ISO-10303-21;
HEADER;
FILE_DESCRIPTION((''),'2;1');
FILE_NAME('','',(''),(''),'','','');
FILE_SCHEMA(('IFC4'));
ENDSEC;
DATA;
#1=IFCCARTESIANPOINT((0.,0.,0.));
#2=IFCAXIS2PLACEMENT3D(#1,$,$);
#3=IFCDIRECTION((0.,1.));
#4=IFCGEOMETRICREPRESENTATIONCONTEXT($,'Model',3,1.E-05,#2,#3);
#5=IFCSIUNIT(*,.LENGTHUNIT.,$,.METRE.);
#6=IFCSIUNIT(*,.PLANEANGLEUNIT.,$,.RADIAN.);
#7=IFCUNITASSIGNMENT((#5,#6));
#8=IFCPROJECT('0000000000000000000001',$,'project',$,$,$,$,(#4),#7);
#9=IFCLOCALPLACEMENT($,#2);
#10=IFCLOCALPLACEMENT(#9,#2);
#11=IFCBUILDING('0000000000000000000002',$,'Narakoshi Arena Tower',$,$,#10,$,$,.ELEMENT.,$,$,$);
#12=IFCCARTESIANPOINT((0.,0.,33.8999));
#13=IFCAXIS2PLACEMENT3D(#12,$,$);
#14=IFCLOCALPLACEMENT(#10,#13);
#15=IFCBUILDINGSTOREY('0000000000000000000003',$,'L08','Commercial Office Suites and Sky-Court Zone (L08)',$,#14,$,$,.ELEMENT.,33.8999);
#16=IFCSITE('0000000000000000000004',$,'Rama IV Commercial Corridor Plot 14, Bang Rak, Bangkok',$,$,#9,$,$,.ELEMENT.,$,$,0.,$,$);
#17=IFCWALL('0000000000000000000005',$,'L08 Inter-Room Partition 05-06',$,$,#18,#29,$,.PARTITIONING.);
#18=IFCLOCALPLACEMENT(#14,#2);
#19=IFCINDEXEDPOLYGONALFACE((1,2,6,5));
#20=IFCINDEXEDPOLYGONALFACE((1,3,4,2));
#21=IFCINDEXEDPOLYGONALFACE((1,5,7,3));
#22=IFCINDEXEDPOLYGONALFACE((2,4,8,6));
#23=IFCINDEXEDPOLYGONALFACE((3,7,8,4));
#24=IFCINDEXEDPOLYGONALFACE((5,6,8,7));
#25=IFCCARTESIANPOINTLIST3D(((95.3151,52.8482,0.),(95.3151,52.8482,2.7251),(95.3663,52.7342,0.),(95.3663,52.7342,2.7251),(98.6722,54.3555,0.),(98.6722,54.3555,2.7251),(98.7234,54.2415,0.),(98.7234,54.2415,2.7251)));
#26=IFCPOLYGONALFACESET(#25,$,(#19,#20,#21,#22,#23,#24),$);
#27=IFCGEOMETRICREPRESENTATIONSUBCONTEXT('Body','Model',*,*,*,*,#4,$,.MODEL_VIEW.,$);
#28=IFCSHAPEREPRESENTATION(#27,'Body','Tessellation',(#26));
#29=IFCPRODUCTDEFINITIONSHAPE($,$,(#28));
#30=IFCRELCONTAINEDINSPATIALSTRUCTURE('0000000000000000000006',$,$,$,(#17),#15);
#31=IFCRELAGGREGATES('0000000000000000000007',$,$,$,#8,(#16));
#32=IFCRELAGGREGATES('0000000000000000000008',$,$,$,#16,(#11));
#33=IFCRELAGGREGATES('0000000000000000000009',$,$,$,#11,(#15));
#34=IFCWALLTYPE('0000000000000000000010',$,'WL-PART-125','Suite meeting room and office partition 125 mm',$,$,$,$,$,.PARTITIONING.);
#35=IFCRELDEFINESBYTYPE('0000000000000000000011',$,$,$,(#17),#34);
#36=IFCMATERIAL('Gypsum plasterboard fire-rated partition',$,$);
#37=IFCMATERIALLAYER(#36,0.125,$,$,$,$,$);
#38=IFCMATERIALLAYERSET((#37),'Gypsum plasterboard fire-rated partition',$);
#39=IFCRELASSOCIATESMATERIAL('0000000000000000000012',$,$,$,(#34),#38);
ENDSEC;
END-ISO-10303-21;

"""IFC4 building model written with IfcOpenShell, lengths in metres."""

from ifc_helpers import new_model, si_unit, direction, frame, frame_2d, origin, place, context, subcontext, project, spatial, rectangle, extrude, material, layer, layer_set, type_object, element, save


model = new_model("IFC4")

# Units and contexts
model_context = context("Model", 3, precision=1e-05, world=origin(), true_north=direction((0.0, 1.0)))
body_context = subcontext(model_context, "Body", "Model", "MODEL_VIEW")
ifc_project = project(units=[si_unit("LENGTHUNIT", "METRE"), si_unit("PLANEANGLEUNIT", "RADIAN")], contexts=[model_context])

# Site, building, storey
site_placement = place(None, origin())
site = spatial("IfcSite", under=ifc_project, at=site_placement, Name="Rama IV Commercial Corridor Plot 14, Bang Rak, Bangkok", CompositionType="ELEMENT", RefElevation=0.0)
building_placement = place(site_placement, origin())
building = spatial("IfcBuilding", under=site, at=building_placement, Name="Narakoshi Arena Tower", CompositionType="ELEMENT")
storey_placement = place(building_placement, frame((0.0, 0.0, 33.8999)))
storey = spatial("IfcBuildingStorey", under=building, at=storey_placement, Name="L08", Description="Commercial Office Suites and Sky-Court Zone (L08)", CompositionType="ELEMENT", Elevation=33.8999)

# Wall
ifc_material_1 = material(Name="Gypsum plasterboard fire-rated partition")
ifc_layer_1 = layer(ifc_material_1, 0.125)
ifc_layer_set_1 = layer_set([ifc_layer_1], Name="Gypsum plasterboard fire-rated partition")
wall_type_1 = type_object("IfcWallType", Name="WL-PART-125", Description="Suite meeting room and office partition 125 mm", PredefinedType="PARTITIONING", material=ifc_layer_set_1)
wall_1_placement = place(storey_placement, frame((95.3408, 52.7913, 0.0), z_axis=(0.0, 0.0, 1.0), x_axis=(0.912268, 0.409595, 0.0)))
element("IfcWall", 1, at=wall_1_placement, inside=storey, type_object=wall_type_1, Name="L08 Inter-Room Partition 05-06", PredefinedType="PARTITIONING", context=body_context, shape_type="SweptSolid", body=[
    extrude(rectangle(XDim=3.6799, YDim=0.125, at=frame_2d((1.8398, 0.0))), origin(), (0.0, 0.0, 1.0), 2.7251),
])

save(model, "model.ifc")
